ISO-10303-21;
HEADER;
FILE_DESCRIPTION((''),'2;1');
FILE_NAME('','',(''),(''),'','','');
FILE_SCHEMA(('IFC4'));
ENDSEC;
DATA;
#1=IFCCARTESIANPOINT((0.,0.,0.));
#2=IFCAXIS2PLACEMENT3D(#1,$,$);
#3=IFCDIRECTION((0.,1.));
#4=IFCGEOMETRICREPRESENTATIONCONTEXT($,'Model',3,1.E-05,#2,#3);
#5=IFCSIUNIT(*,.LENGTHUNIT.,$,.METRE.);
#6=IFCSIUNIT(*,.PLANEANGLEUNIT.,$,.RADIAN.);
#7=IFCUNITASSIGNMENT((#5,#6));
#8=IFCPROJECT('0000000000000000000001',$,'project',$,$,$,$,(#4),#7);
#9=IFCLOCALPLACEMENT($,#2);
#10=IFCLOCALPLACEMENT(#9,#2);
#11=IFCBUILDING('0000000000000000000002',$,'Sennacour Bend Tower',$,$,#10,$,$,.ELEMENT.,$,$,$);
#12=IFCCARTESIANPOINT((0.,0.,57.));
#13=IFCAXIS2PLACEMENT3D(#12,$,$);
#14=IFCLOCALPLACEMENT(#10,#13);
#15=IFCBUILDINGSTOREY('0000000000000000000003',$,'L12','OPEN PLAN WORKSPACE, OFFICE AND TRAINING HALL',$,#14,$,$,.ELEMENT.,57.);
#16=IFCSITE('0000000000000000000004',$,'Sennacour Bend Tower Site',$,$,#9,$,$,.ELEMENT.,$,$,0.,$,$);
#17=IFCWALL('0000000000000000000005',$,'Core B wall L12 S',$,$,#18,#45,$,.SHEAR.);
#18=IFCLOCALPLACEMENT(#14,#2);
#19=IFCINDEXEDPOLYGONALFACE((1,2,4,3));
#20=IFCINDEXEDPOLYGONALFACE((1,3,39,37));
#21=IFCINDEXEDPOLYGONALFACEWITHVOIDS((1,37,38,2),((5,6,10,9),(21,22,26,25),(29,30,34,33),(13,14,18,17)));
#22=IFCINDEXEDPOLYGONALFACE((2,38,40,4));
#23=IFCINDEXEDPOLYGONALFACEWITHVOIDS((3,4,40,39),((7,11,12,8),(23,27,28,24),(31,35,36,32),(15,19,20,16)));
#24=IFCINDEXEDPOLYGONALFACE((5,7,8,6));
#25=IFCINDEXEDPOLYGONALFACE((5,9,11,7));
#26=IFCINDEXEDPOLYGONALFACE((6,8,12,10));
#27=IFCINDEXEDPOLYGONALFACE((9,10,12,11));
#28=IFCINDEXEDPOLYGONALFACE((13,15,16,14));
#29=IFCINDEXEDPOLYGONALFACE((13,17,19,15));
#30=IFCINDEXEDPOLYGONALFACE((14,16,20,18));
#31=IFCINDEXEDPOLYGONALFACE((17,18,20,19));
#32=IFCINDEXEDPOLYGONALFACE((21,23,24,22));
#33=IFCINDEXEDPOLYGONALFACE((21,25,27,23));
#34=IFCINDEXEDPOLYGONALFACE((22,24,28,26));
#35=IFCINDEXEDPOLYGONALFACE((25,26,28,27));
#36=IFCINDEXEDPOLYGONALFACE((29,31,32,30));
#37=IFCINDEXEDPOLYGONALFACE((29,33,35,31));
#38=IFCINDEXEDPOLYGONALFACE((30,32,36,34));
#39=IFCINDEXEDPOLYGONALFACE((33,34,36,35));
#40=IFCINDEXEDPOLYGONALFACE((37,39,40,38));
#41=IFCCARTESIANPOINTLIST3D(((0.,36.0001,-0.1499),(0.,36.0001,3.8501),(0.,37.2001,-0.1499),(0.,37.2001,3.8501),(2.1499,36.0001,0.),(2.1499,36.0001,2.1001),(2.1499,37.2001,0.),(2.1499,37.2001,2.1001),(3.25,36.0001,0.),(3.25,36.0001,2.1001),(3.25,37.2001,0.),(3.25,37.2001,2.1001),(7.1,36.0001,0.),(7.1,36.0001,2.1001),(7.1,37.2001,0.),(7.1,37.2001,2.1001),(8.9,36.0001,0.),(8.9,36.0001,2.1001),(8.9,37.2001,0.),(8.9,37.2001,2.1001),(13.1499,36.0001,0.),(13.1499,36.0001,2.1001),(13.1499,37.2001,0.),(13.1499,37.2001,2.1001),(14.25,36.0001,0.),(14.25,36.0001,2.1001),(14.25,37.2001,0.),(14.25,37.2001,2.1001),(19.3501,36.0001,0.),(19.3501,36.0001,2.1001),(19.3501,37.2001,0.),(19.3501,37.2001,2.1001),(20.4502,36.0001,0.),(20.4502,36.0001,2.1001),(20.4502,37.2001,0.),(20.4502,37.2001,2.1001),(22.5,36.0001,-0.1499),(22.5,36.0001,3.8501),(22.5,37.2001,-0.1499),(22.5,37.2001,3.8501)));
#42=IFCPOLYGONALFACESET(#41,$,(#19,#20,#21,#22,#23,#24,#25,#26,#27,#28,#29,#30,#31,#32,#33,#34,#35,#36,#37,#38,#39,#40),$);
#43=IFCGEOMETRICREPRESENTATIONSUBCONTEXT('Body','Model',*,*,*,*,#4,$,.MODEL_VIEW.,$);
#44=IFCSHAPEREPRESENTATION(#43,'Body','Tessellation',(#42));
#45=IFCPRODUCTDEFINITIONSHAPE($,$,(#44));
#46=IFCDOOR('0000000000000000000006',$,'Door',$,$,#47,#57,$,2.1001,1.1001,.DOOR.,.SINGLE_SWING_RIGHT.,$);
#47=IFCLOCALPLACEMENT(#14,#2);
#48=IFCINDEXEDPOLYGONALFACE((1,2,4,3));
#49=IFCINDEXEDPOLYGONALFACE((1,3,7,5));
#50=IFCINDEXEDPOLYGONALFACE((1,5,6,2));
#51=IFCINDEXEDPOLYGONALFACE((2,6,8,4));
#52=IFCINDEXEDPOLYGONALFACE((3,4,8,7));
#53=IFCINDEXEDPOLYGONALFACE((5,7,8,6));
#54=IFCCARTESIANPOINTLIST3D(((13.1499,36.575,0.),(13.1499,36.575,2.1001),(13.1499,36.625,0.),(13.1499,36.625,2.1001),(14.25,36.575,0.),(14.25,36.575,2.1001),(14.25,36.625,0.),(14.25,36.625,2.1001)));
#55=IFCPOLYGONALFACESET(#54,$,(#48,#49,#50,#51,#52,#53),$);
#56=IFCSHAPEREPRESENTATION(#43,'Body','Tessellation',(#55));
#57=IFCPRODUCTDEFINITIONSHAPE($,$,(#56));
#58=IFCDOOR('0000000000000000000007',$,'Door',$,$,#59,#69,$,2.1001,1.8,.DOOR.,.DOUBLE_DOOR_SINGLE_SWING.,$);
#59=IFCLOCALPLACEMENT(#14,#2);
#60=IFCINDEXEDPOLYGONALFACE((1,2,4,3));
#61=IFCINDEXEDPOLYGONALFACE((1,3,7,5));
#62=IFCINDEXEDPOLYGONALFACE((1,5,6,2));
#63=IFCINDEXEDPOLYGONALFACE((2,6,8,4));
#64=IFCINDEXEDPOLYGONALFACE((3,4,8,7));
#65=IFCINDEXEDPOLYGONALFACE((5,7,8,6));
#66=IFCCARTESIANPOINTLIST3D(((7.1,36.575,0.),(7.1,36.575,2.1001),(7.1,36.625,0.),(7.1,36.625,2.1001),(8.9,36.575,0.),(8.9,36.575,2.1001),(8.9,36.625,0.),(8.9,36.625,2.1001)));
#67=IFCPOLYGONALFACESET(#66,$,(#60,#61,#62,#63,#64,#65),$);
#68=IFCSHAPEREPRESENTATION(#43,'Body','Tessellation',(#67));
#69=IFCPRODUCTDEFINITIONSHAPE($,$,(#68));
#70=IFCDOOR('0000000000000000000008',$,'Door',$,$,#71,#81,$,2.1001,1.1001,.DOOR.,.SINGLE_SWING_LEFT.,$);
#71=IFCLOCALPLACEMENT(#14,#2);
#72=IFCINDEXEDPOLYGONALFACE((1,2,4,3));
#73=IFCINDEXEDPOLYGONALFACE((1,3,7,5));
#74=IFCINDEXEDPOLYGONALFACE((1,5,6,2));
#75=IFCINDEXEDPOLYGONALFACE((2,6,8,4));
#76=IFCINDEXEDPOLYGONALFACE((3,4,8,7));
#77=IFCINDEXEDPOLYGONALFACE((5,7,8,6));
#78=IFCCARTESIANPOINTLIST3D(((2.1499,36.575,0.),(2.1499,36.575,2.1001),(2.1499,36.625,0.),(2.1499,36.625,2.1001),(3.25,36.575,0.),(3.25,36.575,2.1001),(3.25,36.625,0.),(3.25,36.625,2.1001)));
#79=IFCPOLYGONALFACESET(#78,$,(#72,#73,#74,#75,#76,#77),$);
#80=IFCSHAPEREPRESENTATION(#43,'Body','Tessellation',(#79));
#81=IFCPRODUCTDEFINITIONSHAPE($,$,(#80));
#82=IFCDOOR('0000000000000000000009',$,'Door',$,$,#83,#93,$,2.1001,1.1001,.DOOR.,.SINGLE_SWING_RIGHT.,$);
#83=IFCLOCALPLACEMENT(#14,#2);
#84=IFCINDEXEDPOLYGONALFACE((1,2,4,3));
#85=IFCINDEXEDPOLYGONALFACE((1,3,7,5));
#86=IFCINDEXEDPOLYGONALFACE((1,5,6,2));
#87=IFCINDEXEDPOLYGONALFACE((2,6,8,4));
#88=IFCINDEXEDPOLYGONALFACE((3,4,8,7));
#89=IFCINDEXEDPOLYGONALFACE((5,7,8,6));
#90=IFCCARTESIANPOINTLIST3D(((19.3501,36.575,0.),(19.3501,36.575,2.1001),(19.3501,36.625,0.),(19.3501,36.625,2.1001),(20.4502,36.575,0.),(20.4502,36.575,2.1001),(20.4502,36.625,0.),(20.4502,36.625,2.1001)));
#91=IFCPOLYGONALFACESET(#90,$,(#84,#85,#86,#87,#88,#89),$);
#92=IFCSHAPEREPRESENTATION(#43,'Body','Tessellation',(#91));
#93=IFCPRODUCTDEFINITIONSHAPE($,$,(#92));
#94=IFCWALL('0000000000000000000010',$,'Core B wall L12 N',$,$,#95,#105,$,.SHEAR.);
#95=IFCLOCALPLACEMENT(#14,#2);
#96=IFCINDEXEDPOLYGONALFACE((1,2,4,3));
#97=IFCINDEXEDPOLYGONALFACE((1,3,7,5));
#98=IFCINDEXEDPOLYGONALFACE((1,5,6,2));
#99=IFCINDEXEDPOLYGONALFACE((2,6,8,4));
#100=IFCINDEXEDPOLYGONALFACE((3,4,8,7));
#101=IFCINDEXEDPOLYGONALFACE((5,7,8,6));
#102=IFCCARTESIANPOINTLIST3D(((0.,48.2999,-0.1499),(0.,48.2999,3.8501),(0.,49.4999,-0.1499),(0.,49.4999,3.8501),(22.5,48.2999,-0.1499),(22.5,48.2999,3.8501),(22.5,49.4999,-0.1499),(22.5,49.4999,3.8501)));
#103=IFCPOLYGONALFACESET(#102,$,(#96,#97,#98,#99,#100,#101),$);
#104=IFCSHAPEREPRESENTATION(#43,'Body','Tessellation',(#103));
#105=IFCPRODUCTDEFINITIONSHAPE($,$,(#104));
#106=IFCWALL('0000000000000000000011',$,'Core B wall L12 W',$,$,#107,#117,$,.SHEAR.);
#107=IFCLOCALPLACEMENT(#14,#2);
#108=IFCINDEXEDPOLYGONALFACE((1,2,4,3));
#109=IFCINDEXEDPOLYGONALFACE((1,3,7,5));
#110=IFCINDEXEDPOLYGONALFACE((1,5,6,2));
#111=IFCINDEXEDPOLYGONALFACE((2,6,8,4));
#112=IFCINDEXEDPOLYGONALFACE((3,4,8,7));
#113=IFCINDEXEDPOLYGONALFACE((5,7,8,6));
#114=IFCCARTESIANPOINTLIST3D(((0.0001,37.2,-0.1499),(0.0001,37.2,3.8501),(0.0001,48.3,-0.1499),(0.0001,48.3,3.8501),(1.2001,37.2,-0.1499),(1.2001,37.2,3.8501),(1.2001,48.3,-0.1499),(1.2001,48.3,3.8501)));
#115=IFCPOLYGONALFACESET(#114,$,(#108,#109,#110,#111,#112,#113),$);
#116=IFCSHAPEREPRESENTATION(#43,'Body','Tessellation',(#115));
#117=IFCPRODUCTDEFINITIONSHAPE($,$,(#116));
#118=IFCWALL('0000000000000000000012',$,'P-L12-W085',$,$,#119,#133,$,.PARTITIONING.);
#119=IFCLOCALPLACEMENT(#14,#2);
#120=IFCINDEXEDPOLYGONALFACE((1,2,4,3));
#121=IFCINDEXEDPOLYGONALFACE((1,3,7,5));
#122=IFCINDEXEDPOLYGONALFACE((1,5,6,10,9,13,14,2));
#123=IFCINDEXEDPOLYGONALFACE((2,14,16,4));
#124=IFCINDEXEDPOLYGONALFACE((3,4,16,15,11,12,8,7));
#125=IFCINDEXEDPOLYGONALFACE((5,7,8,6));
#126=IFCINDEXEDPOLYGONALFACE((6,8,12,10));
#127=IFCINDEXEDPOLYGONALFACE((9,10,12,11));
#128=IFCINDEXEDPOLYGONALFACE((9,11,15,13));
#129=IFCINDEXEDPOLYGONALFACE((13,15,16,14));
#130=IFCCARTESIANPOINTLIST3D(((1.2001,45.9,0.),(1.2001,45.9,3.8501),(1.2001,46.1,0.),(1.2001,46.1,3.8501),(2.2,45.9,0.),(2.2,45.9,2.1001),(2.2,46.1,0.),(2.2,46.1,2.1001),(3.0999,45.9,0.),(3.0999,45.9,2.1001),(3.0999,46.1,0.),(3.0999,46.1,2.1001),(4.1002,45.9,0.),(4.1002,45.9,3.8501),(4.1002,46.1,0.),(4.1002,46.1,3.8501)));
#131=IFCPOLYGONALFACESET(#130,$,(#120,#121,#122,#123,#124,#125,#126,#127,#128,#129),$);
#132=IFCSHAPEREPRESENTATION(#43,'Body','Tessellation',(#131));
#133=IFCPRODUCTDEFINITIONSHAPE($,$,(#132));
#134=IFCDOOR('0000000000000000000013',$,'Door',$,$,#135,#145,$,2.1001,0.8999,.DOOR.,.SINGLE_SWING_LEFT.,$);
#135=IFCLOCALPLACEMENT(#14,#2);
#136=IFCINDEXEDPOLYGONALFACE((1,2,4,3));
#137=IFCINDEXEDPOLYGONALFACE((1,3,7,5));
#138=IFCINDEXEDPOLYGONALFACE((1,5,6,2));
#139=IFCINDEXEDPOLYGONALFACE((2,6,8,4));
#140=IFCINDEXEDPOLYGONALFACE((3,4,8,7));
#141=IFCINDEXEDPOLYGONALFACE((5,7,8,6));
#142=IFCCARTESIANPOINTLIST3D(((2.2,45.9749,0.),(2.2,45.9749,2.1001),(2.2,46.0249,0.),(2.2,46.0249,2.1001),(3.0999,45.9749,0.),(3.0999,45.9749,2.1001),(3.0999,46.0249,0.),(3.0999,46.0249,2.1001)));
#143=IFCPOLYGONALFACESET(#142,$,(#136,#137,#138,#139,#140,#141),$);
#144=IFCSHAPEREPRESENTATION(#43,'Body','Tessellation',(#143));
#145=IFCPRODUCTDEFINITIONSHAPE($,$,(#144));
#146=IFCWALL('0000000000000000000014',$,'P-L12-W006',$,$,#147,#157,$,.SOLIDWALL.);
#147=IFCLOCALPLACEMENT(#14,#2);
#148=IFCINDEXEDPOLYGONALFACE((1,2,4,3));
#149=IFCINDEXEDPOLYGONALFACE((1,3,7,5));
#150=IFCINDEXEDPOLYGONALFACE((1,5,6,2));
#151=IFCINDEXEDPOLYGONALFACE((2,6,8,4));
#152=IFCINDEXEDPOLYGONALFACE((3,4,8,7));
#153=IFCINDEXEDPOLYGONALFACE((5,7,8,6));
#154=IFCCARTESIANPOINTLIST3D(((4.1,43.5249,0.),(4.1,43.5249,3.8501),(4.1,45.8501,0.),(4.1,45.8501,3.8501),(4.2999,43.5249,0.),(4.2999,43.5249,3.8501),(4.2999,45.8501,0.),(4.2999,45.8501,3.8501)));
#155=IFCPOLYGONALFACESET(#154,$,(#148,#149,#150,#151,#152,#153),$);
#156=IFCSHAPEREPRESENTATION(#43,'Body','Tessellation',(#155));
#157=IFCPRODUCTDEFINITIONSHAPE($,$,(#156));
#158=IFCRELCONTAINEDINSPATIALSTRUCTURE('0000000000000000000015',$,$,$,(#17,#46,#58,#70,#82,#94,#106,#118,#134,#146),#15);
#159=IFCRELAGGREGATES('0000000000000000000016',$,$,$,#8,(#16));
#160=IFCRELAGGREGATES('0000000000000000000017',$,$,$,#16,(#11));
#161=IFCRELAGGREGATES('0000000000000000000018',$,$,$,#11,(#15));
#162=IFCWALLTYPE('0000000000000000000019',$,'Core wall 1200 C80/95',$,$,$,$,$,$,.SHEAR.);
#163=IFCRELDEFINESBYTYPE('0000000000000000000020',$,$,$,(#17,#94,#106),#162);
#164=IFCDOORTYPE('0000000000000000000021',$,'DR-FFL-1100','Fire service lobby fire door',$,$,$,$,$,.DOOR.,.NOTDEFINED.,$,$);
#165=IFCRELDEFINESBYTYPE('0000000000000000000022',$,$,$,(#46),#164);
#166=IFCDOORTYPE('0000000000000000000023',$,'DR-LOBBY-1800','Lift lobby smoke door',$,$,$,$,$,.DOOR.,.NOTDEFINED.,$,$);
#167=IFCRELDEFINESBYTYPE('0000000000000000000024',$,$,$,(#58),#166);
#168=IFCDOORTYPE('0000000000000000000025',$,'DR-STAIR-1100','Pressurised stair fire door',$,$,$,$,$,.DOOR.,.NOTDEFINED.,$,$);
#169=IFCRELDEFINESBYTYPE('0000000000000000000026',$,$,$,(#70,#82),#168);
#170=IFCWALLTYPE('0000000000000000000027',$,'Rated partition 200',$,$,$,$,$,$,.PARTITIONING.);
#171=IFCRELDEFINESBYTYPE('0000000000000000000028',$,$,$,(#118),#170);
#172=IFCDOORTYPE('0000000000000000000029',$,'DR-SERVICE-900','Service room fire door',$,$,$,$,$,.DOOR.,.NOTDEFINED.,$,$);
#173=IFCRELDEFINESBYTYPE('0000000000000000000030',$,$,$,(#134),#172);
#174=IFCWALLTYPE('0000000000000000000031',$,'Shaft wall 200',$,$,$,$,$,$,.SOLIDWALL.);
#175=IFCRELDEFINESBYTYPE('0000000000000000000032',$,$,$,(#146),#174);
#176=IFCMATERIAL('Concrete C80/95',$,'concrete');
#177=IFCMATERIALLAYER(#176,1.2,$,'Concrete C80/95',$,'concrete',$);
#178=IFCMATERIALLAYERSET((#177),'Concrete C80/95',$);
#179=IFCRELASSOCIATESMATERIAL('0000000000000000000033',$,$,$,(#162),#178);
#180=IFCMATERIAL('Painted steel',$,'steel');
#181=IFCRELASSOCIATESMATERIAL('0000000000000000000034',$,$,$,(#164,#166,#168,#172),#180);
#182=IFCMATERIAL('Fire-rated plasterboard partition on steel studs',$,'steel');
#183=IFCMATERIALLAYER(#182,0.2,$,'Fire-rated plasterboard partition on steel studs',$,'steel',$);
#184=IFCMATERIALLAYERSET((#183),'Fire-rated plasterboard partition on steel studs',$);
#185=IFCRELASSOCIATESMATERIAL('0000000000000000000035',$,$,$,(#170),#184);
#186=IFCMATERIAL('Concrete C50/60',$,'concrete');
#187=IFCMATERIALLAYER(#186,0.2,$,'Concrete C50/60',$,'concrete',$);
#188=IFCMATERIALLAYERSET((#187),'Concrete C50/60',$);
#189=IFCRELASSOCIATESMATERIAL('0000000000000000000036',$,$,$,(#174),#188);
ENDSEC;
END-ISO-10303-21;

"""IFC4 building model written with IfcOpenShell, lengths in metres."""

from ifc_helpers import new_model, si_unit, direction, frame, frame_2d, origin, place, context, subcontext, project, spatial, rectangle, extrude, material, layer, layer_set, type_object, element, fill, save


model = new_model("IFC4")

# Units and contexts
model_context = context("Model", 3, precision=1e-05, world=origin(), true_north=direction((0.0, 1.0)))
body_context = subcontext(model_context, "Body", "Model", "MODEL_VIEW")
ifc_project = project(units=[si_unit("LENGTHUNIT", "METRE"), si_unit("PLANEANGLEUNIT", "RADIAN")], contexts=[model_context])

# Site, building, storey
site_placement = place(None, origin())
site = spatial("IfcSite", under=ifc_project, at=site_placement, Name="Sennacour Bend Tower Site", CompositionType="ELEMENT", RefElevation=0.0)
building_placement = place(site_placement, origin())
building = spatial("IfcBuilding", under=site, at=building_placement, Name="Sennacour Bend Tower", CompositionType="ELEMENT")
storey_placement = place(building_placement, frame((0.0, 0.0, 57.0)))
storey = spatial("IfcBuildingStorey", under=building, at=storey_placement, Name="L12", Description="OPEN PLAN WORKSPACE, OFFICE AND TRAINING HALL", CompositionType="ELEMENT", Elevation=57.0)

# Wall, openings, doors
ifc_material_1 = material(Name="Concrete C80/95", Category="concrete")
ifc_layer_1 = layer(ifc_material_1, 1.2, Name="Concrete C80/95", Category="concrete")
ifc_layer_set_1 = layer_set([ifc_layer_1], Name="Concrete C80/95")
wall_type_1 = type_object("IfcWallType", Name="Core wall 1200 C80/95", PredefinedType="SHEAR", material=ifc_layer_set_1)
wall_1_placement = place(storey_placement, frame((0.0, 36.6001, -0.1499), z_axis=(0.0, 0.0, 1.0), x_axis=(1.0, 0.0, 0.0)))
wall_1 = element("IfcWall", 1, at=wall_1_placement, inside=storey, type_object=wall_type_1, Name="Core B wall L12 S", PredefinedType="SHEAR", context=body_context, shape_type="SweptSolid", body=[
    extrude(rectangle(XDim=22.5, YDim=1.2, at=frame_2d((11.25, 0.0))), origin(), (0.0, 0.0, 1.0), 4.0),
])
opening_1_placement = place(wall_1_placement, frame((7.1001, 0.0, 0.1499)))
opening_1 = element("IfcOpeningElement", 2, at=opening_1_placement, cuts=wall_1, PredefinedType="OPENING", context=body_context, shape_type="SweptSolid", body=[
    extrude(rectangle(XDim=1.8, YDim=2.1001, at=frame_2d((0.8999, 1.05))), frame((0.0, 0.6099, 0.0), z_axis=(0.0, -1.0, 0.0), x_axis=(1.0, 0.0, 0.0)), (0.0, 0.0, 1.0), 1.22),
])
opening_2_placement = place(wall_1_placement, frame((13.1499, 0.0, 0.1499)))
opening_2 = element("IfcOpeningElement", 3, at=opening_2_placement, cuts=wall_1, PredefinedType="OPENING", context=body_context, shape_type="SweptSolid", body=[
    extrude(rectangle(XDim=1.1001, YDim=2.1001, at=frame_2d((0.55, 1.05))), frame((0.0, 0.6099, 0.0), z_axis=(0.0, -1.0, 0.0), x_axis=(1.0, 0.0, 0.0)), (0.0, 0.0, 1.0), 1.22),
])
opening_3_placement = place(wall_1_placement, frame((2.1499, 0.0, 0.1499)))
opening_3 = element("IfcOpeningElement", 4, at=opening_3_placement, cuts=wall_1, PredefinedType="OPENING", context=body_context, shape_type="SweptSolid", body=[
    extrude(rectangle(XDim=1.1001, YDim=2.1001, at=frame_2d((0.55, 1.05))), frame((0.0, 0.6099, 0.0), z_axis=(0.0, -1.0, 0.0), x_axis=(1.0, 0.0, 0.0)), (0.0, 0.0, 1.0), 1.22),
])
opening_4_placement = place(wall_1_placement, frame((19.3501, 0.0, 0.1499)))
opening_4 = element("IfcOpeningElement", 5, at=opening_4_placement, cuts=wall_1, PredefinedType="OPENING", context=body_context, shape_type="SweptSolid", body=[
    extrude(rectangle(XDim=1.1001, YDim=2.1001, at=frame_2d((0.55, 1.05))), frame((0.0, 0.6099, 0.0), z_axis=(0.0, -1.0, 0.0), x_axis=(1.0, 0.0, 0.0)), (0.0, 0.0, 1.0), 1.22),
])
ifc_material_2 = material(Name="Painted steel", Category="steel")
door_type_1 = type_object("IfcDoorType", Name="DR-FFL-1100", Description="Fire service lobby fire door", OperationType="NOTDEFINED", PredefinedType="DOOR", material=ifc_material_2)
door_1_placement = place(opening_2_placement, origin())
door_1 = element("IfcDoor", 6, at=door_1_placement, inside=storey, type_object=door_type_1, Name="Door", OperationType="SINGLE_SWING_RIGHT", OverallHeight=2.1001, OverallWidth=1.1001, PredefinedType="DOOR", context=body_context, shape_type="SweptSolid", body=[
    extrude(rectangle(XDim=1.1001, YDim=2.1001, at=frame_2d((0.55, 1.05))), frame((0.0, 0.0249, 0.0), z_axis=(0.0, -1.0, 0.0), x_axis=(1.0, 0.0, 0.0)), (0.0, 0.0, 1.0), 0.05),
])
fill(opening_2, door_1)
door_type_2 = type_object("IfcDoorType", Name="DR-LOBBY-1800", Description="Lift lobby smoke door", OperationType="NOTDEFINED", PredefinedType="DOOR", material=ifc_material_2)
door_2_placement = place(opening_1_placement, origin())
door_2 = element("IfcDoor", 7, at=door_2_placement, inside=storey, type_object=door_type_2, Name="Door", OperationType="DOUBLE_DOOR_SINGLE_SWING", OverallHeight=2.1001, OverallWidth=1.8, PredefinedType="DOOR", context=body_context, shape_type="SweptSolid", body=[
    extrude(rectangle(XDim=1.8, YDim=2.1001, at=frame_2d((0.8999, 1.05))), frame((0.0, 0.0249, 0.0), z_axis=(0.0, -1.0, 0.0), x_axis=(1.0, 0.0, 0.0)), (0.0, 0.0, 1.0), 0.05),
])
fill(opening_1, door_2)
door_type_3 = type_object("IfcDoorType", Name="DR-STAIR-1100", Description="Pressurised stair fire door", OperationType="NOTDEFINED", PredefinedType="DOOR", material=ifc_material_2)
door_3_placement = place(opening_3_placement, origin())
door_3 = element("IfcDoor", 8, at=door_3_placement, inside=storey, type_object=door_type_3, Name="Door", OperationType="SINGLE_SWING_LEFT", OverallHeight=2.1001, OverallWidth=1.1001, PredefinedType="DOOR", context=body_context, shape_type="SweptSolid", body=[
    extrude(rectangle(XDim=1.1001, YDim=2.1001, at=frame_2d((0.55, 1.05))), frame((0.0, 0.0249, 0.0), z_axis=(0.0, -1.0, 0.0), x_axis=(1.0, 0.0, 0.0)), (0.0, 0.0, 1.0), 0.05),
])
fill(opening_3, door_3)
door_4_placement = place(opening_4_placement, origin())
door_4 = element("IfcDoor", 9, at=door_4_placement, inside=storey, type_object=door_type_3, Name="Door", OperationType="SINGLE_SWING_RIGHT", OverallHeight=2.1001, OverallWidth=1.1001, PredefinedType="DOOR", context=body_context, shape_type="SweptSolid", body=[
    extrude(rectangle(XDim=1.1001, YDim=2.1001, at=frame_2d((0.55, 1.05))), frame((0.0, 0.0249, 0.0), z_axis=(0.0, -1.0, 0.0), x_axis=(1.0, 0.0, 0.0)), (0.0, 0.0, 1.0), 0.05),
])
fill(opening_4, door_4)

# Walls
wall_2_placement = place(storey_placement, frame((0.0, 48.8999, -0.1499), z_axis=(0.0, 0.0, 1.0), x_axis=(1.0, 0.0, 0.0)))
element("IfcWall", 10, at=wall_2_placement, inside=storey, type_object=wall_type_1, Name="Core B wall L12 N", PredefinedType="SHEAR", context=body_context, shape_type="SweptSolid", body=[
    extrude(rectangle(XDim=22.5, YDim=1.2, at=frame_2d((11.25, 0.0))), origin(), (0.0, 0.0, 1.0), 4.0),
])
wall_3_placement = place(storey_placement, frame((0.6001, 37.2, -0.1499), z_axis=(0.0, 0.0, 1.0), x_axis=(0.0, 1.0, 0.0)))
element("IfcWall", 11, at=wall_3_placement, inside=storey, type_object=wall_type_1, Name="Core B wall L12 W", PredefinedType="SHEAR", context=body_context, shape_type="SweptSolid", body=[
    extrude(rectangle(XDim=11.1001, YDim=1.2, at=frame_2d((5.55, 0.0))), origin(), (0.0, 0.0, 1.0), 4.0),
])

# Wall, opening, door
ifc_material_3 = material(Name="Fire-rated plasterboard partition on steel studs", Category="steel")
ifc_layer_2 = layer(ifc_material_3, 0.2, Name="Fire-rated plasterboard partition on steel studs", Category="steel")
ifc_layer_set_2 = layer_set([ifc_layer_2], Name="Fire-rated plasterboard partition on steel studs")
wall_type_2 = type_object("IfcWallType", Name="Rated partition 200", PredefinedType="PARTITIONING", material=ifc_layer_set_2)
wall_4_placement = place(storey_placement, frame((1.2, 46.0, 0.0), z_axis=(0.0, 0.0, 1.0), x_axis=(1.0, 0.0, 0.0)))
wall_4 = element("IfcWall", 12, at=wall_4_placement, inside=storey, type_object=wall_type_2, Name="P-L12-W085", PredefinedType="PARTITIONING", context=body_context, shape_type="SweptSolid", body=[
    extrude(rectangle(XDim=2.9001, YDim=0.2, at=frame_2d((1.4502, 0.0))), origin(), (0.0, 0.0, 1.0), 3.8501),
])
opening_5_placement = place(wall_4_placement, frame((1.0, 0.0, 0.0)))
opening_5 = element("IfcOpeningElement", 13, at=opening_5_placement, cuts=wall_4, PredefinedType="OPENING", context=body_context, shape_type="SweptSolid", body=[
    extrude(rectangle(XDim=0.8999, YDim=2.1001, at=frame_2d((0.45, 1.05))), frame((0.0, 0.1099, 0.0), z_axis=(0.0, -1.0, 0.0), x_axis=(1.0, 0.0, 0.0)), (0.0, 0.0, 1.0), 0.22),
])
door_type_4 = type_object("IfcDoorType", Name="DR-SERVICE-900", Description="Service room fire door", OperationType="NOTDEFINED", PredefinedType="DOOR", material=ifc_material_2)
door_5_placement = place(opening_5_placement, origin())
door_5 = element("IfcDoor", 14, at=door_5_placement, inside=storey, type_object=door_type_4, Name="Door", OperationType="SINGLE_SWING_LEFT", OverallHeight=2.1001, OverallWidth=0.8999, PredefinedType="DOOR", context=body_context, shape_type="SweptSolid", body=[
    extrude(rectangle(XDim=0.8999, YDim=2.1001, at=frame_2d((0.45, 1.05))), frame((0.0, 0.0249, 0.0), z_axis=(0.0, -1.0, 0.0), x_axis=(1.0, 0.0, 0.0)), (0.0, 0.0, 1.0), 0.05),
])
fill(opening_5, door_5)

# Wall
ifc_material_4 = material(Name="Concrete C50/60", Category="concrete")
ifc_layer_3 = layer(ifc_material_4, 0.2, Name="Concrete C50/60", Category="concrete")
ifc_layer_set_3 = layer_set([ifc_layer_3], Name="Concrete C50/60")
wall_type_3 = type_object("IfcWallType", Name="Shaft wall 200", PredefinedType="SOLIDWALL", material=ifc_layer_set_3)
wall_5_placement = place(storey_placement, frame((4.2, 43.5249, 0.0), z_axis=(0.0, 0.0, 1.0), x_axis=(0.0, 1.0, 0.0)))
element("IfcWall", 15, at=wall_5_placement, inside=storey, type_object=wall_type_3, Name="P-L12-W006", PredefinedType="SOLIDWALL", context=body_context, shape_type="SweptSolid", body=[
    extrude(rectangle(XDim=2.3252, YDim=0.2, at=frame_2d((1.1626, 0.0))), origin(), (0.0, 0.0, 1.0), 3.8501),
])

save(model, "model.ifc")
